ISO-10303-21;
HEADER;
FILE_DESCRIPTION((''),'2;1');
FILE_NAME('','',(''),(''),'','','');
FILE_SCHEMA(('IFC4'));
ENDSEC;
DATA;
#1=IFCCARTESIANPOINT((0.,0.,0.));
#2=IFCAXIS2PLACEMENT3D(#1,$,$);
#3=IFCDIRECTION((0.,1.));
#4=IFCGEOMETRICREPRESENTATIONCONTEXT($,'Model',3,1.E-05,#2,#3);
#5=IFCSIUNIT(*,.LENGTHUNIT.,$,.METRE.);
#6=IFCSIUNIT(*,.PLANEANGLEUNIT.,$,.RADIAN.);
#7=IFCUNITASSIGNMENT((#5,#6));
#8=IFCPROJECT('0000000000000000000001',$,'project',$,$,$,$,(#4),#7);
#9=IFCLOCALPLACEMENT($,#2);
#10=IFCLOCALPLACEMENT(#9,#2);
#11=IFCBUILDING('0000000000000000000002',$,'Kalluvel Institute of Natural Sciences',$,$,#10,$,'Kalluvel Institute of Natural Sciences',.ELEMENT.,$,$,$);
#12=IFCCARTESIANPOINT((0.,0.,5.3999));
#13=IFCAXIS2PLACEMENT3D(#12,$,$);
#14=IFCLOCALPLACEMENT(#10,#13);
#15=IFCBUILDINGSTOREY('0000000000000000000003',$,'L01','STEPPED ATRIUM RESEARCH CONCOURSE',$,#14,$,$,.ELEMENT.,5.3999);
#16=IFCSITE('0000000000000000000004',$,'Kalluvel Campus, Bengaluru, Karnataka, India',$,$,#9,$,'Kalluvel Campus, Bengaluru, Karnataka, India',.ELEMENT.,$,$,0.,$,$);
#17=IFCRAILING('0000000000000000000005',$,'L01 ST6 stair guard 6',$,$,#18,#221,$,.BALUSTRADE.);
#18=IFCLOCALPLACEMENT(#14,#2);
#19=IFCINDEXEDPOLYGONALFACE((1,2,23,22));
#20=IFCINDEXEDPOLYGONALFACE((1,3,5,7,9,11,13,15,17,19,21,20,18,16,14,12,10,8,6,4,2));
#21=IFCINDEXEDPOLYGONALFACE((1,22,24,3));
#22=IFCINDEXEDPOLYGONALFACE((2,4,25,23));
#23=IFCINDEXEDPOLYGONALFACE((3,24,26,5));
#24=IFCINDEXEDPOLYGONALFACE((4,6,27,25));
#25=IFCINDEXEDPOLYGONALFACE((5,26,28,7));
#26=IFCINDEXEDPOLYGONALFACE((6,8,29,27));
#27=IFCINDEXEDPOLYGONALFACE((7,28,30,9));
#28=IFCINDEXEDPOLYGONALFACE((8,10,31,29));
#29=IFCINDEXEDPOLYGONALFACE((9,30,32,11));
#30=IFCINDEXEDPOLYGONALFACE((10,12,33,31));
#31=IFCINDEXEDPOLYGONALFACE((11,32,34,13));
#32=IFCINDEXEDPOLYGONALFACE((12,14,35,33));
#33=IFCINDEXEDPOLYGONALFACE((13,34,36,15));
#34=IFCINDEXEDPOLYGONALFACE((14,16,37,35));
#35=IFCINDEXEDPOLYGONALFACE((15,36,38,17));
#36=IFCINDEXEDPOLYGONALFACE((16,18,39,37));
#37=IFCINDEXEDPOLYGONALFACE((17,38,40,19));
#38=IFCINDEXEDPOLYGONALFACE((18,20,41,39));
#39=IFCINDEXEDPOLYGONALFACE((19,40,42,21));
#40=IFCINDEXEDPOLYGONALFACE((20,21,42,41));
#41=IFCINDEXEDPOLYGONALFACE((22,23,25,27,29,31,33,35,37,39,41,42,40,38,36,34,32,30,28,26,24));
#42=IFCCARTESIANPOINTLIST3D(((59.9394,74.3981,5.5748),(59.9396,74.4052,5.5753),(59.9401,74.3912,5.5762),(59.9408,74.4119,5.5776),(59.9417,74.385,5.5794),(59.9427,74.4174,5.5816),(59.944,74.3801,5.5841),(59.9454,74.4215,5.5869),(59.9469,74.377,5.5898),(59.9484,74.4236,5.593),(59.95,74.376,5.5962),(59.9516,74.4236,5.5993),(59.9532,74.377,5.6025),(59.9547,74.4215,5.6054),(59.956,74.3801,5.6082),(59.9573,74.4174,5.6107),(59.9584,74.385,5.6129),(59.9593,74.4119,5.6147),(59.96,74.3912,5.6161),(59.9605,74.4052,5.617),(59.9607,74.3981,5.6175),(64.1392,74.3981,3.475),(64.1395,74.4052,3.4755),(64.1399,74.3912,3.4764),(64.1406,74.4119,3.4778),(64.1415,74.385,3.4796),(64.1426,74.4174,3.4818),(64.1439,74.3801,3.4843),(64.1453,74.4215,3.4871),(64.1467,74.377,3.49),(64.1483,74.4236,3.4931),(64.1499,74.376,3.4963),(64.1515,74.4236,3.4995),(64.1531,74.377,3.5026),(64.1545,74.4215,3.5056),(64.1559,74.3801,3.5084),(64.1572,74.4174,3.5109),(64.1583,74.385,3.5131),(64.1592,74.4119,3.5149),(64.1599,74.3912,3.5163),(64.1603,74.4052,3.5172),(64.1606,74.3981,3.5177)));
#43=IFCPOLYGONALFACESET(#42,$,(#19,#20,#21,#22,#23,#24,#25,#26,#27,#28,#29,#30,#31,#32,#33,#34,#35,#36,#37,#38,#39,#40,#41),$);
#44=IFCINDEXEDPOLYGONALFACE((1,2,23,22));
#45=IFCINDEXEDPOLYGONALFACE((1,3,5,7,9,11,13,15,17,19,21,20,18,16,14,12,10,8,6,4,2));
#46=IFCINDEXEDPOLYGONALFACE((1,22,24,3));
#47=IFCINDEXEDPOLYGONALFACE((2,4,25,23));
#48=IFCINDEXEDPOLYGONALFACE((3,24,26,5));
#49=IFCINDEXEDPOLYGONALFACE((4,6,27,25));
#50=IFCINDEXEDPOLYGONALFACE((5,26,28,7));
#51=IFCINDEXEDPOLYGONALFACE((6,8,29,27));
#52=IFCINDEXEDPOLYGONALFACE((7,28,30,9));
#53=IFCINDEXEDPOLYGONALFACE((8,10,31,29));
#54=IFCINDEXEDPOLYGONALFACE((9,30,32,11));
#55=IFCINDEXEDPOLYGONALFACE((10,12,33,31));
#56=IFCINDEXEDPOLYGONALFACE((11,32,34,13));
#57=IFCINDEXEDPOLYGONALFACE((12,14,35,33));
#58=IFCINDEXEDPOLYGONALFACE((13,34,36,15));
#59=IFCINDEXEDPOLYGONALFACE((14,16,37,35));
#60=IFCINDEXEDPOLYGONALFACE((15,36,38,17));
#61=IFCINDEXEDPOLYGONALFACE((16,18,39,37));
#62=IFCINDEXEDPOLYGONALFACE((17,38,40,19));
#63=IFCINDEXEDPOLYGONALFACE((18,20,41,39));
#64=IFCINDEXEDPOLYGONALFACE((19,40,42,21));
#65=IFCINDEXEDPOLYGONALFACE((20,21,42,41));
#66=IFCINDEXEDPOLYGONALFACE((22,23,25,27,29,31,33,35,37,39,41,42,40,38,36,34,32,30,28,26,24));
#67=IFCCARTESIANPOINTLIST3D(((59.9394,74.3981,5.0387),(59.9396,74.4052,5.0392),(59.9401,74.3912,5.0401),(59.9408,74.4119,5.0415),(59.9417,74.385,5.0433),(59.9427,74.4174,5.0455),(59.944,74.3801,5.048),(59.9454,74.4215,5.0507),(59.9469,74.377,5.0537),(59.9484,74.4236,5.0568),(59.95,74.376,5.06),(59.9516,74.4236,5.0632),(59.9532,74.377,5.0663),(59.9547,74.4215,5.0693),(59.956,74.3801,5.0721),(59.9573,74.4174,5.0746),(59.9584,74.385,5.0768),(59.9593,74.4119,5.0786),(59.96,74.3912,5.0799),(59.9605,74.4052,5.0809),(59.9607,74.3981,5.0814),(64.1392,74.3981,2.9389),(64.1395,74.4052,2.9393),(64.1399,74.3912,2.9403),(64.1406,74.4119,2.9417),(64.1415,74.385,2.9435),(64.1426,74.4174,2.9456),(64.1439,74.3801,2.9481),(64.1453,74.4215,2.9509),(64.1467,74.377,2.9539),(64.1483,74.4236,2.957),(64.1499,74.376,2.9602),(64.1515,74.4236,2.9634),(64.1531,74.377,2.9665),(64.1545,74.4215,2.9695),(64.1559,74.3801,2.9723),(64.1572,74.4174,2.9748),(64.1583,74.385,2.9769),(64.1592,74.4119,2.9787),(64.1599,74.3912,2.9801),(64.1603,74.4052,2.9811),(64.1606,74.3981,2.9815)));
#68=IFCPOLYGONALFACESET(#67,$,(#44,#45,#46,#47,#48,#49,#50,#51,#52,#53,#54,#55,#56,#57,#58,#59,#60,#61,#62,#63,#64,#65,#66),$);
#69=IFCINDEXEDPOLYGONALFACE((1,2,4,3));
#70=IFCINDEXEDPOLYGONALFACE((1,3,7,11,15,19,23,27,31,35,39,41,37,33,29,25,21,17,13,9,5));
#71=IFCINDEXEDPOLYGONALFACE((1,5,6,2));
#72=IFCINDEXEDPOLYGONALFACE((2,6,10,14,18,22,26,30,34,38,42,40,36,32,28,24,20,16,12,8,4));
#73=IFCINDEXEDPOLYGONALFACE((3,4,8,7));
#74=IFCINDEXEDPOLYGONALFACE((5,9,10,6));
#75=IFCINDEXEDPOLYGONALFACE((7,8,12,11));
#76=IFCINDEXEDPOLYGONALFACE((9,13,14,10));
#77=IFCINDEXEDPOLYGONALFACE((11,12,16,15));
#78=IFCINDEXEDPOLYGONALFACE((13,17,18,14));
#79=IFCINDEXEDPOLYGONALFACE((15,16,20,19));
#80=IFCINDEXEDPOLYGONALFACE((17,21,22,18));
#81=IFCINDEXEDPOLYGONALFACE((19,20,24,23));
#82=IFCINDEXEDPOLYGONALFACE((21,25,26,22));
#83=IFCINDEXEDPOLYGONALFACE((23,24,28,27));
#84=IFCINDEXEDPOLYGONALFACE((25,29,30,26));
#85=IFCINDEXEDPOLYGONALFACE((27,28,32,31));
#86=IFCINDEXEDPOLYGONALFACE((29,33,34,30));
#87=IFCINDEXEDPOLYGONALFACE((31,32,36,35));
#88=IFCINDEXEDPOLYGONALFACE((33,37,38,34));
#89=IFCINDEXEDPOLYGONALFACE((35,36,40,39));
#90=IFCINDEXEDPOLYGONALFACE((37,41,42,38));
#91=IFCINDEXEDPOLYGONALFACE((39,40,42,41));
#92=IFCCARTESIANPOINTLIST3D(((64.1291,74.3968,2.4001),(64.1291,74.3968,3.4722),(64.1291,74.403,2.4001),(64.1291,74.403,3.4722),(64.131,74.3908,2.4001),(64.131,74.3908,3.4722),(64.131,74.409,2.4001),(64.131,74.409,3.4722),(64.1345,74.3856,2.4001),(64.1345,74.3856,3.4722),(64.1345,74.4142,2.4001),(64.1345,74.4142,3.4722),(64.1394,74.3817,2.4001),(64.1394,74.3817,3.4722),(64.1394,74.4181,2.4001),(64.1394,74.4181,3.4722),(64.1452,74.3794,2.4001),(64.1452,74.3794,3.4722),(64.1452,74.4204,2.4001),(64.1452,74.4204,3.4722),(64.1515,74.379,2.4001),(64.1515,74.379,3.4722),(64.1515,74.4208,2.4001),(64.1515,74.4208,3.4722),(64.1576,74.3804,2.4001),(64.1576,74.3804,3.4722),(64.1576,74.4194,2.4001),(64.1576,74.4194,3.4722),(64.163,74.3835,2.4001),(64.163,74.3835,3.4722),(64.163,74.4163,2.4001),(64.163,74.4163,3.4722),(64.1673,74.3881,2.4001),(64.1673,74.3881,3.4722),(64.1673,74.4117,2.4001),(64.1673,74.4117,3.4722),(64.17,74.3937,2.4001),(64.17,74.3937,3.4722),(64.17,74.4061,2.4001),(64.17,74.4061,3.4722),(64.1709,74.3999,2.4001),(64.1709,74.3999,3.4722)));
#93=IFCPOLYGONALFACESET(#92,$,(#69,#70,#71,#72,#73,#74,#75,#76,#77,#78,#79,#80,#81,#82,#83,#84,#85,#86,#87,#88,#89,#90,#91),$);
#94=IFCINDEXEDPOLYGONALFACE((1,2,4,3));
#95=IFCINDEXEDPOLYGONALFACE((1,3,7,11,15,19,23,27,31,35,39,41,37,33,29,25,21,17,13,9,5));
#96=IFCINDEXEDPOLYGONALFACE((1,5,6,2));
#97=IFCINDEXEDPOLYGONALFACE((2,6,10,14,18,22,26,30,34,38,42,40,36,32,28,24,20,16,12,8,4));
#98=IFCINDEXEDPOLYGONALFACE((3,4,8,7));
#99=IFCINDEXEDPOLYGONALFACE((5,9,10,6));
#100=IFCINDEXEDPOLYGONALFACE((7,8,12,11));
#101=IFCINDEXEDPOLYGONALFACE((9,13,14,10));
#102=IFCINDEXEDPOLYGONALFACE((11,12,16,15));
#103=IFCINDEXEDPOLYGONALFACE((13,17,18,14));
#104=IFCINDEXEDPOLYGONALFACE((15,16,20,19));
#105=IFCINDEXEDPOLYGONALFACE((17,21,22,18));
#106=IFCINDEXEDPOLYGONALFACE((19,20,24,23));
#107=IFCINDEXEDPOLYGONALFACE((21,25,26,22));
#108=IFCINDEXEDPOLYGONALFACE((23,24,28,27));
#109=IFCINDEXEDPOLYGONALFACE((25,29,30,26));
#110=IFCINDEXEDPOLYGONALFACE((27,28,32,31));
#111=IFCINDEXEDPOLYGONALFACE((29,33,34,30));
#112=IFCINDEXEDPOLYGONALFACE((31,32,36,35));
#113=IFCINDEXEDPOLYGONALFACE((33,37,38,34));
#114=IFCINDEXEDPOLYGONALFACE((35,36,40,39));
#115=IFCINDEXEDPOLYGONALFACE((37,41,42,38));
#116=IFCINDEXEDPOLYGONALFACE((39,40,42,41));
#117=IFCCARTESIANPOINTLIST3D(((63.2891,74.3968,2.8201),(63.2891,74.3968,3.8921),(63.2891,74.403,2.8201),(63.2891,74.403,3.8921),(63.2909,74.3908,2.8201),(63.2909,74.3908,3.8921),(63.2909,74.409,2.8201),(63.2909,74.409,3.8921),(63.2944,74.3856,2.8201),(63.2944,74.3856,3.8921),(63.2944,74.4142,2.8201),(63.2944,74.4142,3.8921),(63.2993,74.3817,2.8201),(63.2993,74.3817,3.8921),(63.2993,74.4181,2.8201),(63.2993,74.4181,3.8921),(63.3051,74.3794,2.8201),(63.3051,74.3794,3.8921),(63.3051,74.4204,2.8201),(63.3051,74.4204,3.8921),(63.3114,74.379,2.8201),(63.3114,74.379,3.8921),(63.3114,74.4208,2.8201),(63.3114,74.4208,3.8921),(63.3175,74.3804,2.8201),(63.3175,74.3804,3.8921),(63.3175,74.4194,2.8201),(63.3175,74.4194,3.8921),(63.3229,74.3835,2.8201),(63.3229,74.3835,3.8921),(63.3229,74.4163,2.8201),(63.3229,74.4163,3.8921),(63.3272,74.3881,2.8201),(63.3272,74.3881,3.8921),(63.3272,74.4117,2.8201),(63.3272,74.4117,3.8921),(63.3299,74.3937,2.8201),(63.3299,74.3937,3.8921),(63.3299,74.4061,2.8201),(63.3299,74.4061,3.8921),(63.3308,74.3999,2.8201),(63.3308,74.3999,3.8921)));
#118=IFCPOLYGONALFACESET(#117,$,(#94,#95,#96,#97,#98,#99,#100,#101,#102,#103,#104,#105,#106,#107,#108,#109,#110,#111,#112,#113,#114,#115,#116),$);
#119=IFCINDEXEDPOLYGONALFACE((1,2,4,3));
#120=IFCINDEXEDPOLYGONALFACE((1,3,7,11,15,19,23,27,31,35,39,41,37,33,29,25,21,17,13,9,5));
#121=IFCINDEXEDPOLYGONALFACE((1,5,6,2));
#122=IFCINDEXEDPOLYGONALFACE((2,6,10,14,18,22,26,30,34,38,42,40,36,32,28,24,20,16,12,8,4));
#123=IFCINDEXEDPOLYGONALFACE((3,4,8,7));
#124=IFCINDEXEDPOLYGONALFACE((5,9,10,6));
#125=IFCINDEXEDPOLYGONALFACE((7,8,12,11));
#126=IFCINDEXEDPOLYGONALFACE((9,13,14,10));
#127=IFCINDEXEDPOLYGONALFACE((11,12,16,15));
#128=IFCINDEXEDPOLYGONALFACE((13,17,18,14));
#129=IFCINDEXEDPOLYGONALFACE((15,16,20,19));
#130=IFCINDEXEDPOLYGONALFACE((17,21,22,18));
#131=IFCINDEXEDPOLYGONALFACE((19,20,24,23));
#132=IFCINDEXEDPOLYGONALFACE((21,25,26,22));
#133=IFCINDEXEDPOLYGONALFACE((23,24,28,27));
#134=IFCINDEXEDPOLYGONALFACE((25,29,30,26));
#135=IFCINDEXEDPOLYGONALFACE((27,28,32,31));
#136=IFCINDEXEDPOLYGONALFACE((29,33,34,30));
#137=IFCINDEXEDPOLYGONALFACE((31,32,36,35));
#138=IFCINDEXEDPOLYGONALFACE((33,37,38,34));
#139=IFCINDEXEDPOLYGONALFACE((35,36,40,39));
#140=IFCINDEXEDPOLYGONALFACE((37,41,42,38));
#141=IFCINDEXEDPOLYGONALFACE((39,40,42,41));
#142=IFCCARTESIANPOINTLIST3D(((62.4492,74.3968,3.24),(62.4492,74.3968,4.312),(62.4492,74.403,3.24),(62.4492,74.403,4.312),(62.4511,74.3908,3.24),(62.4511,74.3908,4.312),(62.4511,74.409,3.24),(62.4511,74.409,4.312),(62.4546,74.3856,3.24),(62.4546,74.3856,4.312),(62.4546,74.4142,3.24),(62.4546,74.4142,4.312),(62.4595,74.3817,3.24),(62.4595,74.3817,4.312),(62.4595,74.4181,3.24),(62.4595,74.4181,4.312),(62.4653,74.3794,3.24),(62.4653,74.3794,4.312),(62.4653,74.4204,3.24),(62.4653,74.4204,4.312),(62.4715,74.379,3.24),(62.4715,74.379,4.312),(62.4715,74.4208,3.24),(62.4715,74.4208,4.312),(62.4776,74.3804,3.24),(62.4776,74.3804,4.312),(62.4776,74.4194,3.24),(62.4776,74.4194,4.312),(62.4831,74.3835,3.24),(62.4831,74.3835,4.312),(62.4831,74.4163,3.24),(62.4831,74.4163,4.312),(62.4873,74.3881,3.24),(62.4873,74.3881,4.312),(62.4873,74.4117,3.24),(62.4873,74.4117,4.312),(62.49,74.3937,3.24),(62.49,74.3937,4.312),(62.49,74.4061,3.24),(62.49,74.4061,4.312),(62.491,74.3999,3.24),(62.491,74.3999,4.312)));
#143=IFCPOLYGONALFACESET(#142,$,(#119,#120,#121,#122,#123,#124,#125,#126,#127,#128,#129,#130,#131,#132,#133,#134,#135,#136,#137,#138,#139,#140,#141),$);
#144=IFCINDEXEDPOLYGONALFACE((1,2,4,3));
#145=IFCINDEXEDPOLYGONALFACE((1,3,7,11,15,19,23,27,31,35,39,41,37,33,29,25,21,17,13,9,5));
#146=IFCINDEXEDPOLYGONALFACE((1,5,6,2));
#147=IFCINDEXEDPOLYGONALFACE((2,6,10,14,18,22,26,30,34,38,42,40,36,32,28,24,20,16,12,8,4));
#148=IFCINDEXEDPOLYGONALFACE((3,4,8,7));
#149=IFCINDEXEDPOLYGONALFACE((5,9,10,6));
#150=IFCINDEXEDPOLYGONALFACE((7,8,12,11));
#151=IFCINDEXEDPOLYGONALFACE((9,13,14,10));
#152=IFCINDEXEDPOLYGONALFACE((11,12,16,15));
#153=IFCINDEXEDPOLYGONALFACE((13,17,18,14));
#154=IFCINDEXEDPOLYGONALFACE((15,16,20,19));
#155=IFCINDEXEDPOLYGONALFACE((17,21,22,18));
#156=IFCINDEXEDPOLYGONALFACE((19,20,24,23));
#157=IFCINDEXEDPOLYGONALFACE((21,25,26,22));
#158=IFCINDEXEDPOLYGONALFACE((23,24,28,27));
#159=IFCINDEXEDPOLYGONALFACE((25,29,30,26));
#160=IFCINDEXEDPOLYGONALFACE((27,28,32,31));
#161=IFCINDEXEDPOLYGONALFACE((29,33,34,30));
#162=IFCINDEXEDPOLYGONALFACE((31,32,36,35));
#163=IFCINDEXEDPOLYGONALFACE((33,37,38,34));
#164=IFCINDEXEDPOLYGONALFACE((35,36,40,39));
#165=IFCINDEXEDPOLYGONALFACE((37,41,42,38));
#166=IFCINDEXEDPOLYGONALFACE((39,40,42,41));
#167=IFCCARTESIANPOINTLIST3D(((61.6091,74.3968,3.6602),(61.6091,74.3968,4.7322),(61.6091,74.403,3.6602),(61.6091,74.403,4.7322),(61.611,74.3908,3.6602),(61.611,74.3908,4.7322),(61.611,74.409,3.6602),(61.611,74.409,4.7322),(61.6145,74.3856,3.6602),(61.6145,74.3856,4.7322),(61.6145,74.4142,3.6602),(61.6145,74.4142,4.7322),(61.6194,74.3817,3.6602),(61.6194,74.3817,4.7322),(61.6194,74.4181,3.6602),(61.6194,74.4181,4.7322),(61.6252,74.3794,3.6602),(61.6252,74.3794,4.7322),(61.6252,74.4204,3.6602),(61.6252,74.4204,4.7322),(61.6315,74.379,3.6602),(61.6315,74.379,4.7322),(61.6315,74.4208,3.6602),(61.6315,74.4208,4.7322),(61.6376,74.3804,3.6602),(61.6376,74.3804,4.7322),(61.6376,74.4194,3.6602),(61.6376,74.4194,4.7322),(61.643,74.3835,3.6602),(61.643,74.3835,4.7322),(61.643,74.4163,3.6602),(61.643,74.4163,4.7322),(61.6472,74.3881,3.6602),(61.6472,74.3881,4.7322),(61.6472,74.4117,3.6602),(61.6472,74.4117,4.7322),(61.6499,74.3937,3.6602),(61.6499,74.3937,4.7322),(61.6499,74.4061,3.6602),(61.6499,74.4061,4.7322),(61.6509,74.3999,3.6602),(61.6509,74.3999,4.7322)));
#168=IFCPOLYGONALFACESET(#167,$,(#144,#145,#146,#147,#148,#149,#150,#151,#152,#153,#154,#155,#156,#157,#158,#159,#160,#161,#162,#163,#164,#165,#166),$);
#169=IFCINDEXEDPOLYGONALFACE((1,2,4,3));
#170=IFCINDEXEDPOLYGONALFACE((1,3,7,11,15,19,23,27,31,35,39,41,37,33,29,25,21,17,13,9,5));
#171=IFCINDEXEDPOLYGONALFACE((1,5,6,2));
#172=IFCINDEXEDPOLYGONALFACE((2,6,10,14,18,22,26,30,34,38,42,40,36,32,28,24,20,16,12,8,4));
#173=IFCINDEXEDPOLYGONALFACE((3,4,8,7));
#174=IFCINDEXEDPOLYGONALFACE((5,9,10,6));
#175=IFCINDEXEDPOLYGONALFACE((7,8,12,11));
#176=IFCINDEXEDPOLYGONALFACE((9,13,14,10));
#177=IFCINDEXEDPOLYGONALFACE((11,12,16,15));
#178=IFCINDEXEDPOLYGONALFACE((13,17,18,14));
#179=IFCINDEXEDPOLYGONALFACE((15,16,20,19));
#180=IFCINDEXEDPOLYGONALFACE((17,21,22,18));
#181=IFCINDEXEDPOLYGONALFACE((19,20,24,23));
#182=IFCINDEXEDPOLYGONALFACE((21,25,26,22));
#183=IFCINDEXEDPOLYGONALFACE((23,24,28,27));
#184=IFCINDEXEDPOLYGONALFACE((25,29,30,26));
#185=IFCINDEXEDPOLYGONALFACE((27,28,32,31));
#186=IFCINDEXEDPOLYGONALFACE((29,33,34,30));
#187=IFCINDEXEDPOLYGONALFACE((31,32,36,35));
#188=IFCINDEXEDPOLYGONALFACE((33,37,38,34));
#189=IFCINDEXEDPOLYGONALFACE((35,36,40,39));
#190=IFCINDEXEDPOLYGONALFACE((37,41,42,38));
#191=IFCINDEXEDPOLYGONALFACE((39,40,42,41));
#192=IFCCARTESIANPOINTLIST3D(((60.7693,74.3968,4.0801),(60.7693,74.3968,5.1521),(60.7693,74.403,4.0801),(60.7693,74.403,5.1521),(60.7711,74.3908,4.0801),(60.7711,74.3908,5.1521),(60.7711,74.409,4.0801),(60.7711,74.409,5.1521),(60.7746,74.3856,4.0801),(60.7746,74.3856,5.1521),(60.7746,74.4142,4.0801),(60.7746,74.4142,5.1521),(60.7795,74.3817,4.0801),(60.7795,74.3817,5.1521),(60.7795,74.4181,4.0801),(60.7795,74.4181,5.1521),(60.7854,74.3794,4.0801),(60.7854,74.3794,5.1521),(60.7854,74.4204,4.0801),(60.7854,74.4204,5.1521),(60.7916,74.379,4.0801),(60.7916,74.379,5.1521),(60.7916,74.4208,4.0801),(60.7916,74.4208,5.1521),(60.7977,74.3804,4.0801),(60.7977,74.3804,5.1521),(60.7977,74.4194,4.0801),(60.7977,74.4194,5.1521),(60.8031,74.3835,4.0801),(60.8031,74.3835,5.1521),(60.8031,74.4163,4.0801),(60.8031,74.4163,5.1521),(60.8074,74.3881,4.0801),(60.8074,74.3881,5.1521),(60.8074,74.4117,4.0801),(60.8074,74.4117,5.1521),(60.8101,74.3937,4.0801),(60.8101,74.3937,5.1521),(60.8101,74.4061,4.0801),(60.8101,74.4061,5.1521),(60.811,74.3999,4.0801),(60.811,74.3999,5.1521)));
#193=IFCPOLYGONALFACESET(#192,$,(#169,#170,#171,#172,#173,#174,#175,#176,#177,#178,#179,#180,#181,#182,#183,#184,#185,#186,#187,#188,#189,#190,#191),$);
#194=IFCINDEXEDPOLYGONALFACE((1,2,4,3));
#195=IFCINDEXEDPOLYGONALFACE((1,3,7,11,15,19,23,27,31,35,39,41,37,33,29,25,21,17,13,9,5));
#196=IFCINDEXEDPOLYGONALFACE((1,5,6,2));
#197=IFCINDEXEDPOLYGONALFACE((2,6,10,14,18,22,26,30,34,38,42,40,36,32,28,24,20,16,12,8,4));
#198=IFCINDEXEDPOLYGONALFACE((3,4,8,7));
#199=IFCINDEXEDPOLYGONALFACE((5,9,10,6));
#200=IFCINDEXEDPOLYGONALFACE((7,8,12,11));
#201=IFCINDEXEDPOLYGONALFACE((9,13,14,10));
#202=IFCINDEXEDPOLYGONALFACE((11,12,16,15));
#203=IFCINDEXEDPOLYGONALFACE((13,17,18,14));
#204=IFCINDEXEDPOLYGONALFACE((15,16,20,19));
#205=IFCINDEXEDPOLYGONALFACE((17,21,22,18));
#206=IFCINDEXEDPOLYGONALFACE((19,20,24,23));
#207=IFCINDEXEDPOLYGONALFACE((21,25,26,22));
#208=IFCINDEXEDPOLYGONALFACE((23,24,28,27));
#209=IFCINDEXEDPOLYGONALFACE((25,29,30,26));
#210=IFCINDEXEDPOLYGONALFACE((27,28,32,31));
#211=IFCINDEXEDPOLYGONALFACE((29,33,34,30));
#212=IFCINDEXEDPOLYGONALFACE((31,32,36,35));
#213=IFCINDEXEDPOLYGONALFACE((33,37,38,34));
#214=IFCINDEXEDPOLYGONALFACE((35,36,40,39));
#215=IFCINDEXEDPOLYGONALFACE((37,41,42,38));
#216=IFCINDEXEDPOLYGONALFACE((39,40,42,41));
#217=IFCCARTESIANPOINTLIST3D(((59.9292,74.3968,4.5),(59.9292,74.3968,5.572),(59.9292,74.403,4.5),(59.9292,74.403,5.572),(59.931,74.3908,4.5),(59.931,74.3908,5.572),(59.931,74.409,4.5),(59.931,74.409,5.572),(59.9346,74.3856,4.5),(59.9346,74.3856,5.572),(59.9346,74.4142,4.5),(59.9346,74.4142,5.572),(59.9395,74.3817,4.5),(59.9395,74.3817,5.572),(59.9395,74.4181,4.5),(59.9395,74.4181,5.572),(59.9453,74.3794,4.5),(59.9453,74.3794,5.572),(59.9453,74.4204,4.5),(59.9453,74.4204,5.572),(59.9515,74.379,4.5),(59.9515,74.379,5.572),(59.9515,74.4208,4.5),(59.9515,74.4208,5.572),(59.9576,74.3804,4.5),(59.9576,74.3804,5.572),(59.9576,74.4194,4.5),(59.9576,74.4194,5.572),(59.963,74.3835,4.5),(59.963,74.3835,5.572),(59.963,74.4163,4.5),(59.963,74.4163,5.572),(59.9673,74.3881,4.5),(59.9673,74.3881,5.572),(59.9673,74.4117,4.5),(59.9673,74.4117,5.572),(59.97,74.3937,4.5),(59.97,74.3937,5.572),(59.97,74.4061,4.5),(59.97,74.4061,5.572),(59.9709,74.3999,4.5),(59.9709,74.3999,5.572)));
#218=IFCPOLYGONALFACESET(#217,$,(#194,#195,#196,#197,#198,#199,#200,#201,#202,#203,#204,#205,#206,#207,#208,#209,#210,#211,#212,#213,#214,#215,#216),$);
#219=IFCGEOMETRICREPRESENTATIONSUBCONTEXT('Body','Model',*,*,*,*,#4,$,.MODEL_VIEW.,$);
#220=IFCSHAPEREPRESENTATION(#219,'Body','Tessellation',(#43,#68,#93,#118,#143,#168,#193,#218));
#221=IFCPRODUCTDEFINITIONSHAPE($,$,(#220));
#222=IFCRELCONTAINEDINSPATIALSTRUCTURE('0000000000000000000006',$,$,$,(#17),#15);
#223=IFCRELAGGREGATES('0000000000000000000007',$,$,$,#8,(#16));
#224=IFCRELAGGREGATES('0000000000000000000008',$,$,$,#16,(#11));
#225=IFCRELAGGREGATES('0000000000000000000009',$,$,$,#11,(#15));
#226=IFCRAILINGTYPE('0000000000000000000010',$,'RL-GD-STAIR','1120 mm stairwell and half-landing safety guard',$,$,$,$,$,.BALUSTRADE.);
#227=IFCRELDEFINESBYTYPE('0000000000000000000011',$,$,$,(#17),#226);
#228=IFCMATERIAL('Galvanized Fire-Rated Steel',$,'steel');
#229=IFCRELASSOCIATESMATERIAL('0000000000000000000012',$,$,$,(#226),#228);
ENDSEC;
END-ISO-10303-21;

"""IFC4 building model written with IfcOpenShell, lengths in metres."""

from ifc_helpers import new_model, si_unit, direction, frame, origin, origin_2d, place, context, subcontext, project, spatial, circle, extrude, material, type_object, element, save


model = new_model("IFC4")

# Units and contexts
model_context = context("Model", 3, precision=1e-05, world=origin(), true_north=direction((0.0, 1.0)))
body_context = subcontext(model_context, "Body", "Model", "MODEL_VIEW")
ifc_project = project(units=[si_unit("LENGTHUNIT", "METRE"), si_unit("PLANEANGLEUNIT", "RADIAN")], contexts=[model_context])

# Site, building, storey
site_placement = place(None, origin())
site = spatial("IfcSite", under=ifc_project, at=site_placement, Name="Kalluvel Campus, Bengaluru, Karnataka, India", LongName="Kalluvel Campus, Bengaluru, Karnataka, India", CompositionType="ELEMENT", RefElevation=0.0)
building_placement = place(site_placement, origin())
building = spatial("IfcBuilding", under=site, at=building_placement, Name="Kalluvel Institute of Natural Sciences", LongName="Kalluvel Institute of Natural Sciences", CompositionType="ELEMENT")
storey_placement = place(building_placement, frame((0.0, 0.0, 5.3999)))
storey = spatial("IfcBuildingStorey", under=building, at=storey_placement, Name="L01", Description="STEPPED ATRIUM RESEARCH CONCOURSE", CompositionType="ELEMENT", Elevation=5.3999)

# Railing
ifc_material_1 = material(Name="Galvanized Fire-Rated Steel", Category="steel")
railing_type_1 = type_object("IfcRailingType", Name="RL-GD-STAIR", Description="1120 mm stairwell and half-landing safety guard", PredefinedType="BALUSTRADE", material=ifc_material_1)
railing_1_placement = place(storey_placement, frame((64.1499, 74.3999, 2.4001)))
element("IfcRailing", 1, at=railing_1_placement, inside=storey, type_object=railing_type_1, Name="L01 ST6 stair guard 6", PredefinedType="BALUSTRADE", context=body_context, shape_type="SweptSolid", body=[
    extrude(circle(Radius=0.0239, at=origin_2d()), frame((0.0, 0.0, 1.0962), z_axis=(-0.894438, 0.0, 0.447193), x_axis=(0.0, -1.0, 0.0)), (0.0, 0.0, 1.0), 4.6956),
    extrude(circle(Radius=0.0239, at=origin_2d()), frame((0.0, 0.0, 0.5601), z_axis=(-0.894438, 0.0, 0.447193), x_axis=(0.0, -1.0, 0.0)), (0.0, 0.0, 1.0), 4.6956),
    extrude(circle(Radius=0.021, at=origin_2d()), origin(), (0.0, 0.0, 1.0), 1.072),
    extrude(circle(Radius=0.021, at=origin_2d()), frame((-0.8401, 0.0, 0.4199)), (0.0, 0.0, 1.0), 1.072),
    extrude(circle(Radius=0.021, at=origin_2d()), frame((-1.6799, 0.0, 0.8398)), (0.0, 0.0, 1.0), 1.072),
    extrude(circle(Radius=0.021, at=origin_2d()), frame((-2.52, 0.0, 1.26)), (0.0, 0.0, 1.0), 1.072),
    extrude(circle(Radius=0.021, at=origin_2d()), frame((-3.3599, 0.0, 1.6799)), (0.0, 0.0, 1.0), 1.072),
    extrude(circle(Radius=0.021, at=origin_2d()), frame((-4.2, 0.0, 2.0999)), (0.0, 0.0, 1.0), 1.072),
])

save(model, "model.ifc")
